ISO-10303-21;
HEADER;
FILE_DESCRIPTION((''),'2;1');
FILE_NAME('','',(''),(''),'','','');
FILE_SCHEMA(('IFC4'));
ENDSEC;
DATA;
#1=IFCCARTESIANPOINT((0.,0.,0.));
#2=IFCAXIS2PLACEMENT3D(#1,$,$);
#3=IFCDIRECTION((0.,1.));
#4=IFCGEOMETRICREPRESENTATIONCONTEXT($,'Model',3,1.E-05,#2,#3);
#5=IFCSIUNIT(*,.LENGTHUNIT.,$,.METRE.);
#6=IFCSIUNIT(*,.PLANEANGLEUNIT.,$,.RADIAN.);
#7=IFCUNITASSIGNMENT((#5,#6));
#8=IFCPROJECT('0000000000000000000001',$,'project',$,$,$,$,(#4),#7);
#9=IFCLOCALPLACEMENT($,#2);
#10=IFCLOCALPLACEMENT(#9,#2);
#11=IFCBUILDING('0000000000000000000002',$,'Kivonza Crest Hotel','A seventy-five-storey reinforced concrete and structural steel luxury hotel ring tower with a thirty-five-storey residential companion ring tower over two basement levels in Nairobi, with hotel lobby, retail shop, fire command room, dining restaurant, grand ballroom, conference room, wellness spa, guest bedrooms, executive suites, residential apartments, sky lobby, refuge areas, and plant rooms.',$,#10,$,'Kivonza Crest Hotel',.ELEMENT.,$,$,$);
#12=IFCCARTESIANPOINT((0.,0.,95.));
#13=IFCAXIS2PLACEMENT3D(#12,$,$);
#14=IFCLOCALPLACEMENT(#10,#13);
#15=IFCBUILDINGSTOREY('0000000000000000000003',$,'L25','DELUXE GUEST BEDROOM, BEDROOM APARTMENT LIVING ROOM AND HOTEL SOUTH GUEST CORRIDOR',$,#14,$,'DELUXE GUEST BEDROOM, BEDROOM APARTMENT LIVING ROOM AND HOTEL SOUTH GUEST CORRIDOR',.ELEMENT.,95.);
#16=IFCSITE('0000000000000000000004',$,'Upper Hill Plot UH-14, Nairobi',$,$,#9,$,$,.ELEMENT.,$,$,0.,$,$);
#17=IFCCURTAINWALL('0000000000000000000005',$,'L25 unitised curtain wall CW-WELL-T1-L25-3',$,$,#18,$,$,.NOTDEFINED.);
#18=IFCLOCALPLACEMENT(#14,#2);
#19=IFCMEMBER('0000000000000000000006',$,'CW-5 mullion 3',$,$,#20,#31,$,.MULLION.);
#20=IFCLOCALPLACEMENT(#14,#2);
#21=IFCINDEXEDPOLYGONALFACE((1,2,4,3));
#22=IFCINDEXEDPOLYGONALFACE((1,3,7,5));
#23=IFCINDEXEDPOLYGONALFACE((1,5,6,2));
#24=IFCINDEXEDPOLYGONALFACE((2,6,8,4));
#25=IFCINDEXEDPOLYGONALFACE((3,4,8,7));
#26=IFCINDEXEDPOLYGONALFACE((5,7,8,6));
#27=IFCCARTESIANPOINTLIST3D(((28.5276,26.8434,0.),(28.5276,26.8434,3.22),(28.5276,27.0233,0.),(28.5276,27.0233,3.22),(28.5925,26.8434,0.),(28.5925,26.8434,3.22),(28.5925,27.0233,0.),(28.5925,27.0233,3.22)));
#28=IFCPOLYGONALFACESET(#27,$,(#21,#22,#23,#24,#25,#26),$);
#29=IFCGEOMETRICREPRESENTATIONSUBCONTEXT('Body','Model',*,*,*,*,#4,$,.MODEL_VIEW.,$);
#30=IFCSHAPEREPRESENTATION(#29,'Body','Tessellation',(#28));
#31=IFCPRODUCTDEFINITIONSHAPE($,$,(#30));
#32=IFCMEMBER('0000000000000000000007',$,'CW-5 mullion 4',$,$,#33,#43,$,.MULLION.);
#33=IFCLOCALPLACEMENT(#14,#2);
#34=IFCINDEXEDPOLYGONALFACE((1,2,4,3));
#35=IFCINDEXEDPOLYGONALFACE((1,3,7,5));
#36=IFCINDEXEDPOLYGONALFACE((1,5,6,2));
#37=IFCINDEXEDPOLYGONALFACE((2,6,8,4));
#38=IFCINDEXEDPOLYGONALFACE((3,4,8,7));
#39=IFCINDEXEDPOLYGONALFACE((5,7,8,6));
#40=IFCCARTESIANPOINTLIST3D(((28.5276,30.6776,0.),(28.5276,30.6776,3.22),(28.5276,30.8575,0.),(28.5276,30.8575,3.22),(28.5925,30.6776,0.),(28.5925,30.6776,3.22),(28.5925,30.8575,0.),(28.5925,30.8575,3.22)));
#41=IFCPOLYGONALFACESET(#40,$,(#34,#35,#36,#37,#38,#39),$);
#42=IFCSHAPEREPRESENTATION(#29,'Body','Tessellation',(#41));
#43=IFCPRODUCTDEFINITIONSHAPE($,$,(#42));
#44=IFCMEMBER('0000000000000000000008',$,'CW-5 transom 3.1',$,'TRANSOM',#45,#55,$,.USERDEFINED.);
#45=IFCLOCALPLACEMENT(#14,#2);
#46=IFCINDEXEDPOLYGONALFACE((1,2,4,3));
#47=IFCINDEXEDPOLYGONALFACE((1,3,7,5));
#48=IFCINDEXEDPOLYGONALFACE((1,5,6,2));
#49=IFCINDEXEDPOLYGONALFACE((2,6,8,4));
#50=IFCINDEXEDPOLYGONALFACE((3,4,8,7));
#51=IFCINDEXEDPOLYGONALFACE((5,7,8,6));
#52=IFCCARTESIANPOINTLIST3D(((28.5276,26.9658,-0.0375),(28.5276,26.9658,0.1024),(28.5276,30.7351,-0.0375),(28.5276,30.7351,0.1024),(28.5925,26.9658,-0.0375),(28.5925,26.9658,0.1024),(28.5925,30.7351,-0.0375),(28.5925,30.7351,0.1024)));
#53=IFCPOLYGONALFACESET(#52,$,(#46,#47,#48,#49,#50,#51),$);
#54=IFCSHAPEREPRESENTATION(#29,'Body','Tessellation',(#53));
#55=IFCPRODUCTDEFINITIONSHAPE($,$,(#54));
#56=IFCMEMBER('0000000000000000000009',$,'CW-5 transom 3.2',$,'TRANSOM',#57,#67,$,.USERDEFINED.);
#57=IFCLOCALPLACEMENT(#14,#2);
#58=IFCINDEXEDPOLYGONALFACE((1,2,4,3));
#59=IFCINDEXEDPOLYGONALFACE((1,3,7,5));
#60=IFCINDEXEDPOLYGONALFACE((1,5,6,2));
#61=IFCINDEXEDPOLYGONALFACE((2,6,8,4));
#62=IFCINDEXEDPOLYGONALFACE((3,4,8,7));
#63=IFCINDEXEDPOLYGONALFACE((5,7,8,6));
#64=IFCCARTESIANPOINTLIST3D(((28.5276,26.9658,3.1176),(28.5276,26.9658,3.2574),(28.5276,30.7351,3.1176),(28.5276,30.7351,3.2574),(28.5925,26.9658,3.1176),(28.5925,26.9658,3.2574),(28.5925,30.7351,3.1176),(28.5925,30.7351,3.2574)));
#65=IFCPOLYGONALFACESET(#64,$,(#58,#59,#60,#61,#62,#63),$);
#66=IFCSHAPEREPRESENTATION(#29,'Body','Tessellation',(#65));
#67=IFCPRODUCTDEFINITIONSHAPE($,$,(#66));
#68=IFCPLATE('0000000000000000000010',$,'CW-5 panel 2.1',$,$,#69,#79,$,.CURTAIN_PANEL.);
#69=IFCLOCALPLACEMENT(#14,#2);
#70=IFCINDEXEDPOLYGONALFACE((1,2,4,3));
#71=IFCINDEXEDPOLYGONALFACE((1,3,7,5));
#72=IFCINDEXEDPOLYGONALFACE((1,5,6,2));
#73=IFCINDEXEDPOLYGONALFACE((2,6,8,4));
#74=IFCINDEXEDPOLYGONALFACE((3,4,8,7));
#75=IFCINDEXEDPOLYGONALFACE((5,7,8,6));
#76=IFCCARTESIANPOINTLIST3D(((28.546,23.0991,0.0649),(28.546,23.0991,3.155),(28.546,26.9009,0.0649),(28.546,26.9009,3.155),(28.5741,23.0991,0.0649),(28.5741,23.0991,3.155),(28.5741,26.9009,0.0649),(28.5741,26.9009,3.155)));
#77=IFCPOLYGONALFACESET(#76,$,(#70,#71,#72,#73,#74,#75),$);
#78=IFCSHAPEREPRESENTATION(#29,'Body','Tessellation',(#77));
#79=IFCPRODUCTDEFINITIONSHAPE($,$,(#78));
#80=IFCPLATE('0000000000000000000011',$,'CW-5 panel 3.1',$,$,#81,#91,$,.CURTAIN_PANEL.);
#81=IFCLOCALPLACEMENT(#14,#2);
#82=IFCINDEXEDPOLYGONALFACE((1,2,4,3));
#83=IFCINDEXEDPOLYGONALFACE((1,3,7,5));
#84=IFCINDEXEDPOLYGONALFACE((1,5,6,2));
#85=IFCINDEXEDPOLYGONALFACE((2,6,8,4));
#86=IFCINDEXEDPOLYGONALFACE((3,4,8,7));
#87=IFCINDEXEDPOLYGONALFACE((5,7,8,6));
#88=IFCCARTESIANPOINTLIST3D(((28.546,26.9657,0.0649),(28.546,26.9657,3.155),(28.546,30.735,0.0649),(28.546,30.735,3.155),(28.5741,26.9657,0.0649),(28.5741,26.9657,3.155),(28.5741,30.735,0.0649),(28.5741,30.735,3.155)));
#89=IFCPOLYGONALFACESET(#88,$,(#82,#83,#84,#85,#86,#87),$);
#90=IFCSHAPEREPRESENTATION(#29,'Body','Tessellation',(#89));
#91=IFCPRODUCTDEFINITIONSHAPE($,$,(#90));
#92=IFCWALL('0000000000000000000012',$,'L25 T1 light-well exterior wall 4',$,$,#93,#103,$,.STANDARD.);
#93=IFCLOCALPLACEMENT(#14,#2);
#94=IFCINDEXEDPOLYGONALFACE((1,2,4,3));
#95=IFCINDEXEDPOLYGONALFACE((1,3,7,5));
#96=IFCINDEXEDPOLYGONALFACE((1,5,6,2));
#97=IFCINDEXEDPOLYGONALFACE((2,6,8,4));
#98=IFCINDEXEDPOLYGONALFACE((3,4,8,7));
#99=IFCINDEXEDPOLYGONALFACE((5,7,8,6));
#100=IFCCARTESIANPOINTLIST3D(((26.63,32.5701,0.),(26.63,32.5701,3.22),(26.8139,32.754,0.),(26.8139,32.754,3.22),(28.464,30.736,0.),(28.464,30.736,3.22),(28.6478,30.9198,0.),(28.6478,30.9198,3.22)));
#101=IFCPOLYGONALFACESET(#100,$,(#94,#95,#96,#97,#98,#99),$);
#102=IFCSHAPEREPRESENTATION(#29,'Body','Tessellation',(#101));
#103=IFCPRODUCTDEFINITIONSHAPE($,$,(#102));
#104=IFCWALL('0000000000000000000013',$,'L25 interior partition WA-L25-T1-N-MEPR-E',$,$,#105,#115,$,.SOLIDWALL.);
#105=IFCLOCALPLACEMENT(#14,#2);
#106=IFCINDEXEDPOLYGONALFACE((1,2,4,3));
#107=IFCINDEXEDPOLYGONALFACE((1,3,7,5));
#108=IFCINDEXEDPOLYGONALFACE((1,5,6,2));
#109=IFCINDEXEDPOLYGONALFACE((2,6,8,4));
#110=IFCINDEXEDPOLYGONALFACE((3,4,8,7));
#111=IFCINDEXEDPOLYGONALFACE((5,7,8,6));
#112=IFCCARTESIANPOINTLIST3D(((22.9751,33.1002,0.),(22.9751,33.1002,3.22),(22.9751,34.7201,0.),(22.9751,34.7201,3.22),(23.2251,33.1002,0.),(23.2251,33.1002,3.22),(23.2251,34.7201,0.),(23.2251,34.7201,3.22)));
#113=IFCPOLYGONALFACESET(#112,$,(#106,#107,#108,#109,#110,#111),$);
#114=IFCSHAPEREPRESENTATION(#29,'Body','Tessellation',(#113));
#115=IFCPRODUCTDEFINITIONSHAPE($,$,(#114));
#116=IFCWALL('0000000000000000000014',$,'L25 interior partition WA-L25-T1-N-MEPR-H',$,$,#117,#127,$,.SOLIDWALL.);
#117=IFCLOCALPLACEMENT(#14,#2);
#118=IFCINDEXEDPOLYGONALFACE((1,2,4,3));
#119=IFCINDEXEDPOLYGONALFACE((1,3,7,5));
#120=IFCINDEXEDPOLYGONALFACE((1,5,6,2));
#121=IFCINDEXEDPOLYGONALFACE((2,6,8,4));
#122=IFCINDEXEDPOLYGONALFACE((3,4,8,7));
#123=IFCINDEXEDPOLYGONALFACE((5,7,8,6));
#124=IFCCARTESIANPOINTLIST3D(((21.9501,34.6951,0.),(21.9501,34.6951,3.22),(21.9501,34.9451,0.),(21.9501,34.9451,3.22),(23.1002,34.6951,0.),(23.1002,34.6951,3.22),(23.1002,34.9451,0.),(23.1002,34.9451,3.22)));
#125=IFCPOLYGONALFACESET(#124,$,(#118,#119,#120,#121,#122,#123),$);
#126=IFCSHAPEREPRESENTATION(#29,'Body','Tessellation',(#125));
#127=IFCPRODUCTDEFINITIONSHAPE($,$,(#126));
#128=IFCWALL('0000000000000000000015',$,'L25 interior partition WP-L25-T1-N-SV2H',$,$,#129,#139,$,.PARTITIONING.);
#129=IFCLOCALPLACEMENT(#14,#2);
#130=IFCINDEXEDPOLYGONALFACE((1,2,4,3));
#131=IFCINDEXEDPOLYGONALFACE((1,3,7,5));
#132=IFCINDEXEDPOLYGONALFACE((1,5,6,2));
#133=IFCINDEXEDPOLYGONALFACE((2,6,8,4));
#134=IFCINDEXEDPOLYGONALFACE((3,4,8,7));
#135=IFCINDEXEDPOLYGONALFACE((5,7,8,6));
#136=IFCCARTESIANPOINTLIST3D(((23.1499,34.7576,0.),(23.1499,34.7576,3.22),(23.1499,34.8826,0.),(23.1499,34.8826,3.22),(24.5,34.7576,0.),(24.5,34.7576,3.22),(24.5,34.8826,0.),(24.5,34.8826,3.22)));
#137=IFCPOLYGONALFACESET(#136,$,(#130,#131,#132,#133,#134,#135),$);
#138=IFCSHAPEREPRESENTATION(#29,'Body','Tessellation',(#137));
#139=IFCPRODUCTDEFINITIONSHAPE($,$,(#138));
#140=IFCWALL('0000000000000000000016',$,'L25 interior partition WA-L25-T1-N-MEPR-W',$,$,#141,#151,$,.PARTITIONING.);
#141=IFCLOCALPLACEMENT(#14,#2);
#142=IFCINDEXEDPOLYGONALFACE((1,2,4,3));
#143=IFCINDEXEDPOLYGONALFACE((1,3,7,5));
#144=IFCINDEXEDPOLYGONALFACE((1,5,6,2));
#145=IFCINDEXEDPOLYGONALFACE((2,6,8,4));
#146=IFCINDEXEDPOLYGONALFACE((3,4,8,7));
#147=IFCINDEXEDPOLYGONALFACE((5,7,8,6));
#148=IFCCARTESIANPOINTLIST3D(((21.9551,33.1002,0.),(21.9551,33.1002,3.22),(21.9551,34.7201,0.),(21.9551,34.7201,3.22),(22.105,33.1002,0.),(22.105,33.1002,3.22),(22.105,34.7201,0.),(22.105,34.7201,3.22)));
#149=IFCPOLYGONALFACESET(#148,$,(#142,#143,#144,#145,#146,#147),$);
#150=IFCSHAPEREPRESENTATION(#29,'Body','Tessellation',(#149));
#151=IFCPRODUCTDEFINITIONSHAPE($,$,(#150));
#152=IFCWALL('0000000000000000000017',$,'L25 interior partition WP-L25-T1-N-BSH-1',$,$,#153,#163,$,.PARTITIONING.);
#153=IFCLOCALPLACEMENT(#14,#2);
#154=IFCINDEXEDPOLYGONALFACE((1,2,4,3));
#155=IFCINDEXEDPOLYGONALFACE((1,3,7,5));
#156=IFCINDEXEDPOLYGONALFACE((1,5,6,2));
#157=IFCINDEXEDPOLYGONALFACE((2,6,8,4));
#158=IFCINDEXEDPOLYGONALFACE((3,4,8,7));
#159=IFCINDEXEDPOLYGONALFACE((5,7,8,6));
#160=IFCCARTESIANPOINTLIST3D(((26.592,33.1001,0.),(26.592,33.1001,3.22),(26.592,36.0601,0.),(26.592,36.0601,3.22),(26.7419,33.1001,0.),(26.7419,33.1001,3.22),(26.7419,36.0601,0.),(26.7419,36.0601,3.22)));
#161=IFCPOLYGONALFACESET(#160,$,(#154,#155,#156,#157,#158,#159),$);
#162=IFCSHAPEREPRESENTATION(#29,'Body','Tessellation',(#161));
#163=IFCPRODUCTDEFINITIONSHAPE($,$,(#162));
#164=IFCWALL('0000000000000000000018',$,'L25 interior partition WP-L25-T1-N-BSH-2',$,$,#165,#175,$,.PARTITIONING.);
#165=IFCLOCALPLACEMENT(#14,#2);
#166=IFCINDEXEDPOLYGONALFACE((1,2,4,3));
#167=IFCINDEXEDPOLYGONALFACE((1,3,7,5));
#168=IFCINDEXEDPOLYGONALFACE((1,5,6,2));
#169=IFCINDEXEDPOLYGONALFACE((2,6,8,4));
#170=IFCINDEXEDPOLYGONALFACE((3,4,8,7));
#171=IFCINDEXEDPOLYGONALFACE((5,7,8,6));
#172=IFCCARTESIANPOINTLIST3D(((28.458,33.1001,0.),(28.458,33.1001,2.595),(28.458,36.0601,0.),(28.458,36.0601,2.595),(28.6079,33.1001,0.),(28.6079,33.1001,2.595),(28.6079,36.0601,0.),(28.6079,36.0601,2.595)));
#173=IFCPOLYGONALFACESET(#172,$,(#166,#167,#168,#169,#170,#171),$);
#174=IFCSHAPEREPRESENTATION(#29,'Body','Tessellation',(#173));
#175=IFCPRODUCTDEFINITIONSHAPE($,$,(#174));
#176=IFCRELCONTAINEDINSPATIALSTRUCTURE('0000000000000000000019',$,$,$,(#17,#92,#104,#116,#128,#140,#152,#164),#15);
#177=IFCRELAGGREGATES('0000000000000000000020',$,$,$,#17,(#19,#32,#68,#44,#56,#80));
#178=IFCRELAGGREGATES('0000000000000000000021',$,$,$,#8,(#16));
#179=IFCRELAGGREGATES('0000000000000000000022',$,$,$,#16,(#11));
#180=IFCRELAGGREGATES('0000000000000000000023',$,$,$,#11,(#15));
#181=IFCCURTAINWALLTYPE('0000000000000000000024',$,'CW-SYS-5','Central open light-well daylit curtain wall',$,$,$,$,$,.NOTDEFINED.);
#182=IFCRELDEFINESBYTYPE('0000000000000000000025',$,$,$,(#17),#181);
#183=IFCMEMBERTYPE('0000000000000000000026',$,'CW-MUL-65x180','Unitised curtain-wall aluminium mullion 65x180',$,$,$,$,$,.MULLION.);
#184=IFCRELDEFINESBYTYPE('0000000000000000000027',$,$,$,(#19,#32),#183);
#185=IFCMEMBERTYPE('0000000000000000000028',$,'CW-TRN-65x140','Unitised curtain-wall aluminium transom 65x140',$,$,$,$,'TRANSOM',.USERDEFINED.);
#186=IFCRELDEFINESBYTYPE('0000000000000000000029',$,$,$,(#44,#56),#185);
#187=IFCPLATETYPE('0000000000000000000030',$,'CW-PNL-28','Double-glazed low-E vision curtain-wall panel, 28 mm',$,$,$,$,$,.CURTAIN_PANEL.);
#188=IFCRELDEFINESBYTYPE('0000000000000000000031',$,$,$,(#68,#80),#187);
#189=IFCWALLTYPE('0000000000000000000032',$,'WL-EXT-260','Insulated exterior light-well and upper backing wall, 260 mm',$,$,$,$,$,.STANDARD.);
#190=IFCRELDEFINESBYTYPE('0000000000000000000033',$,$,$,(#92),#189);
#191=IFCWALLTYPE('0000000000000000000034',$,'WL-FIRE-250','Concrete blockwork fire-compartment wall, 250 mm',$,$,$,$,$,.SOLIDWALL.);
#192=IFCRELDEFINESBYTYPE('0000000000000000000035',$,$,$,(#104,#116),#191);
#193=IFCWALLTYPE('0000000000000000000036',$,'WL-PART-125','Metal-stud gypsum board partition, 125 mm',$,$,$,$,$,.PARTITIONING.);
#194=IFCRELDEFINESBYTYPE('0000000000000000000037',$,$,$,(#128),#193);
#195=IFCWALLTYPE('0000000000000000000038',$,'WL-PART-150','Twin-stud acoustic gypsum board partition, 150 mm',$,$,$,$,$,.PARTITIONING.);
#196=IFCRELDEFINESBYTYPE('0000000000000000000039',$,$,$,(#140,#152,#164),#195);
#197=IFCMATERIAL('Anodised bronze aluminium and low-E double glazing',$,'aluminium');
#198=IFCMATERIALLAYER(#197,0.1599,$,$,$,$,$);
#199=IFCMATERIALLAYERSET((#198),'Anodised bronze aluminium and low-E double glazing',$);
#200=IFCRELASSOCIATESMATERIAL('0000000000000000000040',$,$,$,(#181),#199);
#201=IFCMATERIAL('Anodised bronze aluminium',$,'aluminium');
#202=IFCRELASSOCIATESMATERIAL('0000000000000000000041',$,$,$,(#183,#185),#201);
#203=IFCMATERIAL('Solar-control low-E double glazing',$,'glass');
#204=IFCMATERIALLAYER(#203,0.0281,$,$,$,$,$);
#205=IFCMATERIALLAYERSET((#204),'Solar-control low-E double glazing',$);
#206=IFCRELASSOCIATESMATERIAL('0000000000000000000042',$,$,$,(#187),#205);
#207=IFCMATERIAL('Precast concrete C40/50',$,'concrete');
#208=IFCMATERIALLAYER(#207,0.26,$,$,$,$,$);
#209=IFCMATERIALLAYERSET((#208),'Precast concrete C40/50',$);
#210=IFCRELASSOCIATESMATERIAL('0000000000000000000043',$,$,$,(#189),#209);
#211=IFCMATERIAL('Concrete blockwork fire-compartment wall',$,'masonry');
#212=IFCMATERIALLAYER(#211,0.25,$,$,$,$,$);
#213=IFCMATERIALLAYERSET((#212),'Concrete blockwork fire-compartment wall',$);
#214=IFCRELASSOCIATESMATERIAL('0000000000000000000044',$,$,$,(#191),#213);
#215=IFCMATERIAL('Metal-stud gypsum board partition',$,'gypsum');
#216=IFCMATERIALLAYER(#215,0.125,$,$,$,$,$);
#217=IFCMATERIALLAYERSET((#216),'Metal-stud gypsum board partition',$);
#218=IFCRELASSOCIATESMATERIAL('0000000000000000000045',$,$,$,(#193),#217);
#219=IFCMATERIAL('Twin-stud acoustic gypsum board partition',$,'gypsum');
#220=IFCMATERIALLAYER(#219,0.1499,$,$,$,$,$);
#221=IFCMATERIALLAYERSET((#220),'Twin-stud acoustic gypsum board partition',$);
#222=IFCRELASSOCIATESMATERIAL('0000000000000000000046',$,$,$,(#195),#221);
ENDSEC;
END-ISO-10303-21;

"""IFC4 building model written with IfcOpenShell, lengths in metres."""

from ifc_helpers import new_model, si_unit, direction, frame, frame_2d, origin, origin_2d, place, context, subcontext, project, spatial, rectangle, extrude, material, layer, layer_set, material_profile, profile_set, type_object, element, aggregate, save


model = new_model("IFC4")

# Units and contexts
model_context = context("Model", 3, precision=1e-05, world=origin(), true_north=direction((0.0, 1.0)))
body_context = subcontext(model_context, "Body", "Model", "MODEL_VIEW")
ifc_project = project(units=[si_unit("LENGTHUNIT", "METRE"), si_unit("PLANEANGLEUNIT", "RADIAN")], contexts=[model_context])

# Site, building, storey
site_placement = place(None, origin())
site = spatial("IfcSite", under=ifc_project, at=site_placement, Name="Upper Hill Plot UH-14, Nairobi", CompositionType="ELEMENT", RefElevation=0.0)
building_placement = place(site_placement, origin())
building = spatial("IfcBuilding", under=site, at=building_placement, Name="Kivonza Crest Hotel", Description="A seventy-five-storey reinforced concrete and structural steel luxury hotel ring tower with a thirty-five-storey residential companion ring tower over two basement levels in Nairobi, with hotel lobby, retail shop, fire command room, dining restaurant, grand ballroom, conference room, wellness spa, guest bedrooms, executive suites, residential apartments, sky lobby, refuge areas, and plant rooms.", LongName="Kivonza Crest Hotel", CompositionType="ELEMENT")
storey_placement = place(building_placement, frame((0.0, 0.0, 95.0)))
storey = spatial("IfcBuildingStorey", under=building, at=storey_placement, Name="L25", Description="DELUXE GUEST BEDROOM, BEDROOM APARTMENT LIVING ROOM AND HOTEL SOUTH GUEST CORRIDOR", LongName="DELUXE GUEST BEDROOM, BEDROOM APARTMENT LIVING ROOM AND HOTEL SOUTH GUEST CORRIDOR", CompositionType="ELEMENT", Elevation=95.0)

# Curtain wall, members, plates
ifc_material_1 = material(Name="Anodised bronze aluminium and low-E double glazing", Category="aluminium")
ifc_layer_1 = layer(ifc_material_1, 0.1599)
ifc_layer_set_1 = layer_set([ifc_layer_1], Name="Anodised bronze aluminium and low-E double glazing")
curtain_wall_type = type_object("IfcCurtainWallType", Name="CW-SYS-5", Description="Central open light-well daylit curtain wall", PredefinedType="NOTDEFINED", material=ifc_layer_set_1)
curtain_wall_placement = place(storey_placement, origin())
curtain_wall = element("IfcCurtainWall", 1, at=curtain_wall_placement, inside=storey, type_object=curtain_wall_type, Name="L25 unitised curtain wall CW-WELL-T1-L25-3", PredefinedType="NOTDEFINED")
ifc_material_2 = material(Name="Anodised bronze aluminium", Category="aluminium")
ifc_material_profile_1 = material_profile(ifc_material_2, rectangle(XDim=0.0649, YDim=0.1799, at=origin_2d()), Name="CW-M 65x180")
ifc_profile_set_1 = profile_set([ifc_material_profile_1], Name="Anodised bronze aluminium")
member_type_1 = type_object("IfcMemberType", Name="CW-MUL-65x180", Description="Unitised curtain-wall aluminium mullion 65x180", PredefinedType="MULLION", material=ifc_profile_set_1)
member_1_placement = place(storey_placement, frame((28.5601, 26.9333, 0.0), z_axis=(0.0, 0.0, 1.0), x_axis=(-1.0, 0.0, 0.0)))
member_1 = element("IfcMember", 2, at=member_1_placement, type_object=member_type_1, Name="CW-5 mullion 3", PredefinedType="MULLION", context=body_context, shape_type="SweptSolid", body=[
    extrude(rectangle(XDim=0.0649, YDim=0.1799, at=origin_2d()), origin(), (0.0, 0.0, 1.0), 3.22),
])
member_2_placement = place(storey_placement, frame((28.5601, 30.7676, 0.0), z_axis=(0.0, 0.0, 1.0), x_axis=(-1.0, 0.0, 0.0)))
member_2 = element("IfcMember", 3, at=member_2_placement, type_object=member_type_1, Name="CW-5 mullion 4", PredefinedType="MULLION", context=body_context, shape_type="SweptSolid", body=[
    extrude(rectangle(XDim=0.0649, YDim=0.1799, at=origin_2d()), origin(), (0.0, 0.0, 1.0), 3.22),
])
ifc_material_profile_2 = material_profile(ifc_material_2, rectangle(XDim=0.0649, YDim=0.1399, at=origin_2d()), Name="CW-T 65x140")
ifc_profile_set_2 = profile_set([ifc_material_profile_2], Name="Anodised bronze aluminium")
member_type_2 = type_object("IfcMemberType", Name="CW-TRN-65x140", Description="Unitised curtain-wall aluminium transom 65x140", ElementType="TRANSOM", PredefinedType="USERDEFINED", material=ifc_profile_set_2)
member_3_placement = place(storey_placement, frame((28.5601, 26.9658, 0.0325), z_axis=(0.0, 1.0, 0.0), x_axis=(-1.0, 0.0, 0.0)))
member_3 = element("IfcMember", 4, at=member_3_placement, type_object=member_type_2, Name="CW-5 transom 3.1", ObjectType="TRANSOM", PredefinedType="USERDEFINED", context=body_context, shape_type="SweptSolid", body=[
    extrude(rectangle(XDim=0.0649, YDim=0.1399, at=origin_2d()), origin(), (0.0, 0.0, 1.0), 3.7693),
])
member_4_placement = place(storey_placement, frame((28.5601, 26.9658, 3.1875), z_axis=(0.0, 1.0, 0.0), x_axis=(-1.0, 0.0, 0.0)))
member_4 = element("IfcMember", 5, at=member_4_placement, type_object=member_type_2, Name="CW-5 transom 3.2", ObjectType="TRANSOM", PredefinedType="USERDEFINED", context=body_context, shape_type="SweptSolid", body=[
    extrude(rectangle(XDim=0.0649, YDim=0.1399, at=origin_2d()), origin(), (0.0, 0.0, 1.0), 3.7693),
])
ifc_material_3 = material(Name="Solar-control low-E double glazing", Category="glass")
ifc_layer_2 = layer(ifc_material_3, 0.0281)
ifc_layer_set_2 = layer_set([ifc_layer_2], Name="Solar-control low-E double glazing")
plate_type = type_object("IfcPlateType", Name="CW-PNL-28", Description="Double-glazed low-E vision curtain-wall panel, 28 mm", PredefinedType="CURTAIN_PANEL", material=ifc_layer_set_2)
plate_1_placement = place(storey_placement, frame((28.5601, 25.0, 0.0649), z_axis=(0.0, 0.0, 1.0), x_axis=(0.0, 1.0, 0.0)))
plate_1 = element("IfcPlate", 6, at=plate_1_placement, type_object=plate_type, Name="CW-5 panel 2.1", PredefinedType="CURTAIN_PANEL", context=body_context, shape_type="SweptSolid", body=[
    extrude(rectangle(XDim=3.8018, YDim=0.0281, at=origin_2d()), origin(), (0.0, 0.0, 1.0), 3.0901),
])
plate_2_placement = place(storey_placement, frame((28.5601, 28.8503, 0.0649), z_axis=(0.0, 0.0, 1.0), x_axis=(0.0, 1.0, 0.0)))
plate_2 = element("IfcPlate", 7, at=plate_2_placement, type_object=plate_type, Name="CW-5 panel 3.1", PredefinedType="CURTAIN_PANEL", context=body_context, shape_type="SweptSolid", body=[
    extrude(rectangle(XDim=3.7693, YDim=0.0281, at=origin_2d()), origin(), (0.0, 0.0, 1.0), 3.0901),
])
aggregate(curtain_wall, [member_1, member_2, plate_1, member_3, member_4, plate_2])

# Walls
ifc_material_4 = material(Name="Precast concrete C40/50", Category="concrete")
ifc_layer_3 = layer(ifc_material_4, 0.26)
ifc_layer_set_3 = layer_set([ifc_layer_3], Name="Precast concrete C40/50")
wall_type_1 = type_object("IfcWallType", Name="WL-EXT-260", Description="Insulated exterior light-well and upper backing wall, 260 mm", PredefinedType="STANDARD", material=ifc_layer_set_3)
wall_1_placement = place(storey_placement, frame((28.5559, 30.8279, 0.0), z_axis=(0.0, 0.0, 1.0), x_axis=(-0.70706, 0.707154, 0.0)))
element("IfcWall", 8, at=wall_1_placement, inside=storey, type_object=wall_type_1, Name="L25 T1 light-well exterior wall 4", PredefinedType="STANDARD", context=body_context, shape_type="SweptSolid", body=[
    extrude(rectangle(XDim=2.5938, YDim=0.26, at=frame_2d((1.2969, 0.0))), origin(), (0.0, 0.0, 1.0), 3.22),
])
ifc_material_5 = material(Name="Concrete blockwork fire-compartment wall", Category="masonry")
ifc_layer_4 = layer(ifc_material_5, 0.25)
ifc_layer_set_4 = layer_set([ifc_layer_4], Name="Concrete blockwork fire-compartment wall")
wall_type_2 = type_object("IfcWallType", Name="WL-FIRE-250", Description="Concrete blockwork fire-compartment wall, 250 mm", PredefinedType="SOLIDWALL", material=ifc_layer_set_4)
wall_2_placement = place(storey_placement, frame((23.1001, 33.1001, 0.0), z_axis=(0.0, 0.0, 1.0), x_axis=(0.0, 1.0, 0.0)))
element("IfcWall", 9, at=wall_2_placement, inside=storey, type_object=wall_type_2, Name="L25 interior partition WA-L25-T1-N-MEPR-E", PredefinedType="SOLIDWALL", context=body_context, shape_type="SweptSolid", body=[
    extrude(rectangle(XDim=1.6199, YDim=0.25, at=frame_2d((0.8101, 0.0))), origin(), (0.0, 0.0, 1.0), 3.22),
])
wall_3_placement = place(storey_placement, frame((21.95, 34.8201, 0.0), z_axis=(0.0, 0.0, 1.0), x_axis=(1.0, 0.0, 0.0)))
element("IfcWall", 10, at=wall_3_placement, inside=storey, type_object=wall_type_2, Name="L25 interior partition WA-L25-T1-N-MEPR-H", PredefinedType="SOLIDWALL", context=body_context, shape_type="SweptSolid", body=[
    extrude(rectangle(XDim=1.1501, YDim=0.25, at=frame_2d((0.5752, 0.0))), origin(), (0.0, 0.0, 1.0), 3.22),
])
ifc_material_6 = material(Name="Metal-stud gypsum board partition", Category="gypsum")
ifc_layer_5 = layer(ifc_material_6, 0.125)
ifc_layer_set_5 = layer_set([ifc_layer_5], Name="Metal-stud gypsum board partition")
wall_type_3 = type_object("IfcWallType", Name="WL-PART-125", Description="Metal-stud gypsum board partition, 125 mm", PredefinedType="PARTITIONING", material=ifc_layer_set_5)
wall_4_placement = place(storey_placement, frame((23.1499, 34.8201, 0.0), z_axis=(0.0, 0.0, 1.0), x_axis=(1.0, 0.0, 0.0)))
element("IfcWall", 11, at=wall_4_placement, inside=storey, type_object=wall_type_3, Name="L25 interior partition WP-L25-T1-N-SV2H", PredefinedType="PARTITIONING", context=body_context, shape_type="SweptSolid", body=[
    extrude(rectangle(XDim=1.3501, YDim=0.125, at=frame_2d((0.675, 0.0))), origin(), (0.0, 0.0, 1.0), 3.22),
])
ifc_material_7 = material(Name="Twin-stud acoustic gypsum board partition", Category="gypsum")
ifc_layer_6 = layer(ifc_material_7, 0.1499)
ifc_layer_set_6 = layer_set([ifc_layer_6], Name="Twin-stud acoustic gypsum board partition")
wall_type_4 = type_object("IfcWallType", Name="WL-PART-150", Description="Twin-stud acoustic gypsum board partition, 150 mm", PredefinedType="PARTITIONING", material=ifc_layer_set_6)
wall_5_placement = place(storey_placement, frame((22.03, 33.1001, 0.0), z_axis=(0.0, 0.0, 1.0), x_axis=(0.0, 1.0, 0.0)))
element("IfcWall", 12, at=wall_5_placement, inside=storey, type_object=wall_type_4, Name="L25 interior partition WA-L25-T1-N-MEPR-W", PredefinedType="PARTITIONING", context=body_context, shape_type="SweptSolid", body=[
    extrude(rectangle(XDim=1.6199, YDim=0.1499, at=frame_2d((0.8101, 0.0))), origin(), (0.0, 0.0, 1.0), 3.22),
])
wall_6_placement = place(storey_placement, frame((26.667, 33.1001, 0.0), z_axis=(0.0, 0.0, 1.0), x_axis=(0.0, 1.0, 0.0)))
element("IfcWall", 13, at=wall_6_placement, inside=storey, type_object=wall_type_4, Name="L25 interior partition WP-L25-T1-N-BSH-1", PredefinedType="PARTITIONING", context=body_context, shape_type="SweptSolid", body=[
    extrude(rectangle(XDim=2.96, YDim=0.1499, at=frame_2d((1.48, 0.0))), origin(), (0.0, 0.0, 1.0), 3.22),
])
wall_7_placement = place(storey_placement, frame((28.533, 33.1001, 0.0), z_axis=(0.0, 0.0, 1.0), x_axis=(0.0, 1.0, 0.0)))
element("IfcWall", 14, at=wall_7_placement, inside=storey, type_object=wall_type_4, Name="L25 interior partition WP-L25-T1-N-BSH-2", PredefinedType="PARTITIONING", context=body_context, shape_type="SweptSolid", body=[
    extrude(rectangle(XDim=2.96, YDim=0.1499, at=frame_2d((1.48, 0.0))), origin(), (0.0, 0.0, 1.0), 2.595),
])

save(model, "model.ifc")
